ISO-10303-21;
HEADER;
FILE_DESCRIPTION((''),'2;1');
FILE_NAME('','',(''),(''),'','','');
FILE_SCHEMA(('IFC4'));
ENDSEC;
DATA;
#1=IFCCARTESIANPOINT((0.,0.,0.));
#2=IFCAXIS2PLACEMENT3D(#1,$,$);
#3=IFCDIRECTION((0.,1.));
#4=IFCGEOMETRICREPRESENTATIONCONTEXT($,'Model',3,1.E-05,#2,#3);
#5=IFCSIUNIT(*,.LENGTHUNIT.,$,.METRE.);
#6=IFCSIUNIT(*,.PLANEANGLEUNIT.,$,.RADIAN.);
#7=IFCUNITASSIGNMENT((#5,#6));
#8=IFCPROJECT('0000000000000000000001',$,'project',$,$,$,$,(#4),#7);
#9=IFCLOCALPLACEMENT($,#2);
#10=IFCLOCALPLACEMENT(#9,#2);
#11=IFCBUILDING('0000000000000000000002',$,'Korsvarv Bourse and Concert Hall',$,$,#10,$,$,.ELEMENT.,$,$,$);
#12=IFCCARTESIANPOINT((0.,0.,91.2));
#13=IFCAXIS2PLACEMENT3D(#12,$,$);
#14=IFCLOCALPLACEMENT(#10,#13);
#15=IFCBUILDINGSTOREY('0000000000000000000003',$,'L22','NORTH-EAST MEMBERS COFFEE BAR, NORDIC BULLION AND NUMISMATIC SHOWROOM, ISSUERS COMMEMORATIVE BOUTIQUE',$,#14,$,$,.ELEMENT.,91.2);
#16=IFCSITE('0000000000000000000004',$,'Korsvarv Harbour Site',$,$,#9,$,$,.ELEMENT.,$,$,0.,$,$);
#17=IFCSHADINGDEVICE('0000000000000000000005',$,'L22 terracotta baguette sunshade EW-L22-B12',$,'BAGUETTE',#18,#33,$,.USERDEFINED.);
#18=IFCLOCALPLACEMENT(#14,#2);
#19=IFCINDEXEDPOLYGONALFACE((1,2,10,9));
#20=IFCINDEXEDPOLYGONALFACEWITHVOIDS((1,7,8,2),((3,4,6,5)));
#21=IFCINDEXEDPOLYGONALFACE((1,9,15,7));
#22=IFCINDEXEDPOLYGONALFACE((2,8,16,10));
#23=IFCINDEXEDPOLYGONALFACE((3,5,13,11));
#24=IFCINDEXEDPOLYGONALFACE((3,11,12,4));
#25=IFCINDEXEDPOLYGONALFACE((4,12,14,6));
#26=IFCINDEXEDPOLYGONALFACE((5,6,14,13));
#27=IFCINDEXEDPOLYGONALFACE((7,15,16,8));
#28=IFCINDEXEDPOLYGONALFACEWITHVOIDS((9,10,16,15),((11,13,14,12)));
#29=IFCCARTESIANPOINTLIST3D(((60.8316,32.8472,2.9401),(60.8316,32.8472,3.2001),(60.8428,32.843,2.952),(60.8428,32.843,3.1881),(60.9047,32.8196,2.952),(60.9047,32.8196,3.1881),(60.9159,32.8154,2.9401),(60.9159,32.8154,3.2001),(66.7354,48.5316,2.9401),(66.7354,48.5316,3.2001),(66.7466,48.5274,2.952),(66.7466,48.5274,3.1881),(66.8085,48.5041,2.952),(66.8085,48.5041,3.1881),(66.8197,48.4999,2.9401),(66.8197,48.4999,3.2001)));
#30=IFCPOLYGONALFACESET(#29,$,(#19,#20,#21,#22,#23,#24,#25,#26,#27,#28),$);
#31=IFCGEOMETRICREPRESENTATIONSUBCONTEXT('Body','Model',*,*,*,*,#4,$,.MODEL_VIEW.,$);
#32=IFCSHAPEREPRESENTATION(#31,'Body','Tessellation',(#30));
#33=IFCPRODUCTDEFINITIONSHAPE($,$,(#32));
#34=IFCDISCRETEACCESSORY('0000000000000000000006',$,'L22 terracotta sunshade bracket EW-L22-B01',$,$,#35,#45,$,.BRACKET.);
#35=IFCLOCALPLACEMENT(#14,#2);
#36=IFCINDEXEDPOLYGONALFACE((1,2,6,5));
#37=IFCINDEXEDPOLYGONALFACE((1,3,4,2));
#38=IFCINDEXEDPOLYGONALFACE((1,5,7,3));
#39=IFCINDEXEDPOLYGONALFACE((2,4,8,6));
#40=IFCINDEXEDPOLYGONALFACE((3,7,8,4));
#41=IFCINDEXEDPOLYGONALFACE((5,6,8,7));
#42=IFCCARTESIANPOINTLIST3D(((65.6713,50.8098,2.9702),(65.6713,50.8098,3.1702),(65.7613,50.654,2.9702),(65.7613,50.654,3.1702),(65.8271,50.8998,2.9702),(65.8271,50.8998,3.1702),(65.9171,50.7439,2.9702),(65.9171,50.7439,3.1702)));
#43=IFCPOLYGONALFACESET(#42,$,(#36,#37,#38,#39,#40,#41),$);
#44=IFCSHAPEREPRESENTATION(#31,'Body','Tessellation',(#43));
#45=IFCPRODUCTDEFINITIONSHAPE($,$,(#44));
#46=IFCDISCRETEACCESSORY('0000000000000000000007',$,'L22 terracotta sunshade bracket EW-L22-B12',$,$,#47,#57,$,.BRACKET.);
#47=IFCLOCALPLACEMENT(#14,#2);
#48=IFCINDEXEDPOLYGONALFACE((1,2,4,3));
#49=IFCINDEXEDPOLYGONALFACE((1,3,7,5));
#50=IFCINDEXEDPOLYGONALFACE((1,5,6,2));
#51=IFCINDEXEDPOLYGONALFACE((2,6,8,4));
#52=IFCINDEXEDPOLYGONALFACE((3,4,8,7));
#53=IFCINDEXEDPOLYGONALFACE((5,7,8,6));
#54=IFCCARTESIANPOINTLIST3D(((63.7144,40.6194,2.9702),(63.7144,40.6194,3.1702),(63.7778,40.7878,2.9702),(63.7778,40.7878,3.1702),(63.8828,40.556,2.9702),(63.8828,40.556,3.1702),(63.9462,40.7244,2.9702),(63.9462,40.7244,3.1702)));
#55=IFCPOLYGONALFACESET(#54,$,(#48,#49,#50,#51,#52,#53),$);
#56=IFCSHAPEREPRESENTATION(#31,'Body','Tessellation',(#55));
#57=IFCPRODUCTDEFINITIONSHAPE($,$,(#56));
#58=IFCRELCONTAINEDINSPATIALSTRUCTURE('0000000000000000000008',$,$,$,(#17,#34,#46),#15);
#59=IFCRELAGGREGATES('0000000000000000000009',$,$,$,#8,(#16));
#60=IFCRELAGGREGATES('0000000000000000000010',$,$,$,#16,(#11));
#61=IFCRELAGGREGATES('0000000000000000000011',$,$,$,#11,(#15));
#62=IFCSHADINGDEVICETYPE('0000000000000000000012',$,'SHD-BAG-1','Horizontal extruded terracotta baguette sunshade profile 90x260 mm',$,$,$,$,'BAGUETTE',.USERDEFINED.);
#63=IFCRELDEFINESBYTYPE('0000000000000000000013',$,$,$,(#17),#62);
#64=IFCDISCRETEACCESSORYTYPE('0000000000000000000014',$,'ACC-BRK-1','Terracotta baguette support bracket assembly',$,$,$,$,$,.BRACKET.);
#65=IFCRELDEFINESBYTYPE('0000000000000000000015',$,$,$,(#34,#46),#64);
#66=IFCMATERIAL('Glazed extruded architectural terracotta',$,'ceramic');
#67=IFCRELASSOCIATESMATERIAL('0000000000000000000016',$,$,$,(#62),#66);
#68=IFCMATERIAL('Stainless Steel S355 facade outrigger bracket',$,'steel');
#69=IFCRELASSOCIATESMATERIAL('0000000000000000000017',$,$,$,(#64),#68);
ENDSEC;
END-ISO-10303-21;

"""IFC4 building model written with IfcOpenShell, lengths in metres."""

from ifc_helpers import new_model, si_unit, direction, frame, origin, origin_2d, place, context, subcontext, project, spatial, rectangle, hollow_rectangle, extrude, source, transform, mapped, material, material_profile, profile_set, type_object, element, save


model = new_model("IFC4")

# Units and contexts
model_context = context("Model", 3, precision=1e-05, world=origin(), true_north=direction((0.0, 1.0)))
body_context = subcontext(model_context, "Body", "Model", "MODEL_VIEW")
ifc_project = project(units=[si_unit("LENGTHUNIT", "METRE"), si_unit("PLANEANGLEUNIT", "RADIAN")], contexts=[model_context])

# Site, building, storey
site_placement = place(None, origin())
site = spatial("IfcSite", under=ifc_project, at=site_placement, Name="Korsvarv Harbour Site", CompositionType="ELEMENT", RefElevation=0.0)
building_placement = place(site_placement, origin())
building = spatial("IfcBuilding", under=site, at=building_placement, Name="Korsvarv Bourse and Concert Hall", CompositionType="ELEMENT")
storey_placement = place(building_placement, frame((0.0, 0.0, 91.2)))
storey = spatial("IfcBuildingStorey", under=building, at=storey_placement, Name="L22", Description="NORTH-EAST MEMBERS COFFEE BAR, NORDIC BULLION AND NUMISMATIC SHOWROOM, ISSUERS COMMEMORATIVE BOUTIQUE", CompositionType="ELEMENT", Elevation=91.2)

# Shading device
ifc_material_1 = material(Name="Glazed extruded architectural terracotta", Category="ceramic")
ifc_material_profile_1 = material_profile(ifc_material_1, hollow_rectangle(XDim=0.0901, YDim=0.26, WallThickness=0.012, at=origin_2d()), Name="TC-BAG 90x260")
ifc_profile_set_1 = profile_set([ifc_material_profile_1], Name="Glazed extruded architectural terracotta")
shading_device_type = type_object("IfcShadingDeviceType", Name="SHD-BAG-1", Description="Horizontal extruded terracotta baguette sunshade profile 90x260 mm", ElementType="BAGUETTE", PredefinedType="USERDEFINED", material=ifc_profile_set_1)
shared_shape_1 = source(origin(), body_context, "Body", "SweptSolid", [
    extrude(hollow_rectangle(XDim=0.0901, YDim=0.26, WallThickness=0.012, at=origin_2d()), origin(), (0.0, 0.0, 1.0), 16.7588),
])
shading_device_1_placement = place(storey_placement, frame((60.8738, 32.8313, 3.0701), z_axis=(0.352279, 0.935895, 0.0), x_axis=(-0.935895, 0.352279, 0.0)))
element("IfcShadingDevice", 1, at=shading_device_1_placement, inside=storey, type_object=shading_device_type, Name="L22 terracotta baguette sunshade EW-L22-B12", ObjectType="BAGUETTE", PredefinedType="USERDEFINED", context=body_context, shape_type="MappedRepresentation", body=[
    mapped(shared_shape_1, transform((0.0, 0.0, 0.0), scale=1.0)),
])

# Discrete accessories
ifc_material_2 = material(Name="Stainless Steel S355 facade outrigger bracket", Category="steel")
discrete_accessory_type = type_object("IfcDiscreteAccessoryType", Name="ACC-BRK-1", Description="Terracotta baguette support bracket assembly", PredefinedType="BRACKET", material=ifc_material_2)
shared_shape_2 = source(origin(), body_context, "Body", "SweptSolid", [
    extrude(rectangle(XDim=0.1799, YDim=0.1799, at=origin_2d()), origin(), (0.0, 0.0, 1.0), 0.2),
])
for number, where, z_axis, x_axis, name in (
    (2, (65.7942, 50.7769, 2.9702), (0.0, 0.0, 1.0), (-0.5, 0.866025, 0.0), "L22 terracotta sunshade bracket EW-L22-B01"),
    (3, (63.8303, 40.6719, 2.9702), (0.0, 0.0, 1.0), (0.352332, 0.935875, 0.0), "L22 terracotta sunshade bracket EW-L22-B12"),
):
    element("IfcDiscreteAccessory", number, at=place(storey_placement, frame(where, z_axis=z_axis, x_axis=x_axis)), inside=storey, type_object=discrete_accessory_type, Name=name, PredefinedType="BRACKET", context=body_context, shape_type="MappedRepresentation", body=[
        mapped(shared_shape_2, transform((0.0, 0.0, 0.0), scale=1.0)),
    ])

save(model, "model.ifc")
